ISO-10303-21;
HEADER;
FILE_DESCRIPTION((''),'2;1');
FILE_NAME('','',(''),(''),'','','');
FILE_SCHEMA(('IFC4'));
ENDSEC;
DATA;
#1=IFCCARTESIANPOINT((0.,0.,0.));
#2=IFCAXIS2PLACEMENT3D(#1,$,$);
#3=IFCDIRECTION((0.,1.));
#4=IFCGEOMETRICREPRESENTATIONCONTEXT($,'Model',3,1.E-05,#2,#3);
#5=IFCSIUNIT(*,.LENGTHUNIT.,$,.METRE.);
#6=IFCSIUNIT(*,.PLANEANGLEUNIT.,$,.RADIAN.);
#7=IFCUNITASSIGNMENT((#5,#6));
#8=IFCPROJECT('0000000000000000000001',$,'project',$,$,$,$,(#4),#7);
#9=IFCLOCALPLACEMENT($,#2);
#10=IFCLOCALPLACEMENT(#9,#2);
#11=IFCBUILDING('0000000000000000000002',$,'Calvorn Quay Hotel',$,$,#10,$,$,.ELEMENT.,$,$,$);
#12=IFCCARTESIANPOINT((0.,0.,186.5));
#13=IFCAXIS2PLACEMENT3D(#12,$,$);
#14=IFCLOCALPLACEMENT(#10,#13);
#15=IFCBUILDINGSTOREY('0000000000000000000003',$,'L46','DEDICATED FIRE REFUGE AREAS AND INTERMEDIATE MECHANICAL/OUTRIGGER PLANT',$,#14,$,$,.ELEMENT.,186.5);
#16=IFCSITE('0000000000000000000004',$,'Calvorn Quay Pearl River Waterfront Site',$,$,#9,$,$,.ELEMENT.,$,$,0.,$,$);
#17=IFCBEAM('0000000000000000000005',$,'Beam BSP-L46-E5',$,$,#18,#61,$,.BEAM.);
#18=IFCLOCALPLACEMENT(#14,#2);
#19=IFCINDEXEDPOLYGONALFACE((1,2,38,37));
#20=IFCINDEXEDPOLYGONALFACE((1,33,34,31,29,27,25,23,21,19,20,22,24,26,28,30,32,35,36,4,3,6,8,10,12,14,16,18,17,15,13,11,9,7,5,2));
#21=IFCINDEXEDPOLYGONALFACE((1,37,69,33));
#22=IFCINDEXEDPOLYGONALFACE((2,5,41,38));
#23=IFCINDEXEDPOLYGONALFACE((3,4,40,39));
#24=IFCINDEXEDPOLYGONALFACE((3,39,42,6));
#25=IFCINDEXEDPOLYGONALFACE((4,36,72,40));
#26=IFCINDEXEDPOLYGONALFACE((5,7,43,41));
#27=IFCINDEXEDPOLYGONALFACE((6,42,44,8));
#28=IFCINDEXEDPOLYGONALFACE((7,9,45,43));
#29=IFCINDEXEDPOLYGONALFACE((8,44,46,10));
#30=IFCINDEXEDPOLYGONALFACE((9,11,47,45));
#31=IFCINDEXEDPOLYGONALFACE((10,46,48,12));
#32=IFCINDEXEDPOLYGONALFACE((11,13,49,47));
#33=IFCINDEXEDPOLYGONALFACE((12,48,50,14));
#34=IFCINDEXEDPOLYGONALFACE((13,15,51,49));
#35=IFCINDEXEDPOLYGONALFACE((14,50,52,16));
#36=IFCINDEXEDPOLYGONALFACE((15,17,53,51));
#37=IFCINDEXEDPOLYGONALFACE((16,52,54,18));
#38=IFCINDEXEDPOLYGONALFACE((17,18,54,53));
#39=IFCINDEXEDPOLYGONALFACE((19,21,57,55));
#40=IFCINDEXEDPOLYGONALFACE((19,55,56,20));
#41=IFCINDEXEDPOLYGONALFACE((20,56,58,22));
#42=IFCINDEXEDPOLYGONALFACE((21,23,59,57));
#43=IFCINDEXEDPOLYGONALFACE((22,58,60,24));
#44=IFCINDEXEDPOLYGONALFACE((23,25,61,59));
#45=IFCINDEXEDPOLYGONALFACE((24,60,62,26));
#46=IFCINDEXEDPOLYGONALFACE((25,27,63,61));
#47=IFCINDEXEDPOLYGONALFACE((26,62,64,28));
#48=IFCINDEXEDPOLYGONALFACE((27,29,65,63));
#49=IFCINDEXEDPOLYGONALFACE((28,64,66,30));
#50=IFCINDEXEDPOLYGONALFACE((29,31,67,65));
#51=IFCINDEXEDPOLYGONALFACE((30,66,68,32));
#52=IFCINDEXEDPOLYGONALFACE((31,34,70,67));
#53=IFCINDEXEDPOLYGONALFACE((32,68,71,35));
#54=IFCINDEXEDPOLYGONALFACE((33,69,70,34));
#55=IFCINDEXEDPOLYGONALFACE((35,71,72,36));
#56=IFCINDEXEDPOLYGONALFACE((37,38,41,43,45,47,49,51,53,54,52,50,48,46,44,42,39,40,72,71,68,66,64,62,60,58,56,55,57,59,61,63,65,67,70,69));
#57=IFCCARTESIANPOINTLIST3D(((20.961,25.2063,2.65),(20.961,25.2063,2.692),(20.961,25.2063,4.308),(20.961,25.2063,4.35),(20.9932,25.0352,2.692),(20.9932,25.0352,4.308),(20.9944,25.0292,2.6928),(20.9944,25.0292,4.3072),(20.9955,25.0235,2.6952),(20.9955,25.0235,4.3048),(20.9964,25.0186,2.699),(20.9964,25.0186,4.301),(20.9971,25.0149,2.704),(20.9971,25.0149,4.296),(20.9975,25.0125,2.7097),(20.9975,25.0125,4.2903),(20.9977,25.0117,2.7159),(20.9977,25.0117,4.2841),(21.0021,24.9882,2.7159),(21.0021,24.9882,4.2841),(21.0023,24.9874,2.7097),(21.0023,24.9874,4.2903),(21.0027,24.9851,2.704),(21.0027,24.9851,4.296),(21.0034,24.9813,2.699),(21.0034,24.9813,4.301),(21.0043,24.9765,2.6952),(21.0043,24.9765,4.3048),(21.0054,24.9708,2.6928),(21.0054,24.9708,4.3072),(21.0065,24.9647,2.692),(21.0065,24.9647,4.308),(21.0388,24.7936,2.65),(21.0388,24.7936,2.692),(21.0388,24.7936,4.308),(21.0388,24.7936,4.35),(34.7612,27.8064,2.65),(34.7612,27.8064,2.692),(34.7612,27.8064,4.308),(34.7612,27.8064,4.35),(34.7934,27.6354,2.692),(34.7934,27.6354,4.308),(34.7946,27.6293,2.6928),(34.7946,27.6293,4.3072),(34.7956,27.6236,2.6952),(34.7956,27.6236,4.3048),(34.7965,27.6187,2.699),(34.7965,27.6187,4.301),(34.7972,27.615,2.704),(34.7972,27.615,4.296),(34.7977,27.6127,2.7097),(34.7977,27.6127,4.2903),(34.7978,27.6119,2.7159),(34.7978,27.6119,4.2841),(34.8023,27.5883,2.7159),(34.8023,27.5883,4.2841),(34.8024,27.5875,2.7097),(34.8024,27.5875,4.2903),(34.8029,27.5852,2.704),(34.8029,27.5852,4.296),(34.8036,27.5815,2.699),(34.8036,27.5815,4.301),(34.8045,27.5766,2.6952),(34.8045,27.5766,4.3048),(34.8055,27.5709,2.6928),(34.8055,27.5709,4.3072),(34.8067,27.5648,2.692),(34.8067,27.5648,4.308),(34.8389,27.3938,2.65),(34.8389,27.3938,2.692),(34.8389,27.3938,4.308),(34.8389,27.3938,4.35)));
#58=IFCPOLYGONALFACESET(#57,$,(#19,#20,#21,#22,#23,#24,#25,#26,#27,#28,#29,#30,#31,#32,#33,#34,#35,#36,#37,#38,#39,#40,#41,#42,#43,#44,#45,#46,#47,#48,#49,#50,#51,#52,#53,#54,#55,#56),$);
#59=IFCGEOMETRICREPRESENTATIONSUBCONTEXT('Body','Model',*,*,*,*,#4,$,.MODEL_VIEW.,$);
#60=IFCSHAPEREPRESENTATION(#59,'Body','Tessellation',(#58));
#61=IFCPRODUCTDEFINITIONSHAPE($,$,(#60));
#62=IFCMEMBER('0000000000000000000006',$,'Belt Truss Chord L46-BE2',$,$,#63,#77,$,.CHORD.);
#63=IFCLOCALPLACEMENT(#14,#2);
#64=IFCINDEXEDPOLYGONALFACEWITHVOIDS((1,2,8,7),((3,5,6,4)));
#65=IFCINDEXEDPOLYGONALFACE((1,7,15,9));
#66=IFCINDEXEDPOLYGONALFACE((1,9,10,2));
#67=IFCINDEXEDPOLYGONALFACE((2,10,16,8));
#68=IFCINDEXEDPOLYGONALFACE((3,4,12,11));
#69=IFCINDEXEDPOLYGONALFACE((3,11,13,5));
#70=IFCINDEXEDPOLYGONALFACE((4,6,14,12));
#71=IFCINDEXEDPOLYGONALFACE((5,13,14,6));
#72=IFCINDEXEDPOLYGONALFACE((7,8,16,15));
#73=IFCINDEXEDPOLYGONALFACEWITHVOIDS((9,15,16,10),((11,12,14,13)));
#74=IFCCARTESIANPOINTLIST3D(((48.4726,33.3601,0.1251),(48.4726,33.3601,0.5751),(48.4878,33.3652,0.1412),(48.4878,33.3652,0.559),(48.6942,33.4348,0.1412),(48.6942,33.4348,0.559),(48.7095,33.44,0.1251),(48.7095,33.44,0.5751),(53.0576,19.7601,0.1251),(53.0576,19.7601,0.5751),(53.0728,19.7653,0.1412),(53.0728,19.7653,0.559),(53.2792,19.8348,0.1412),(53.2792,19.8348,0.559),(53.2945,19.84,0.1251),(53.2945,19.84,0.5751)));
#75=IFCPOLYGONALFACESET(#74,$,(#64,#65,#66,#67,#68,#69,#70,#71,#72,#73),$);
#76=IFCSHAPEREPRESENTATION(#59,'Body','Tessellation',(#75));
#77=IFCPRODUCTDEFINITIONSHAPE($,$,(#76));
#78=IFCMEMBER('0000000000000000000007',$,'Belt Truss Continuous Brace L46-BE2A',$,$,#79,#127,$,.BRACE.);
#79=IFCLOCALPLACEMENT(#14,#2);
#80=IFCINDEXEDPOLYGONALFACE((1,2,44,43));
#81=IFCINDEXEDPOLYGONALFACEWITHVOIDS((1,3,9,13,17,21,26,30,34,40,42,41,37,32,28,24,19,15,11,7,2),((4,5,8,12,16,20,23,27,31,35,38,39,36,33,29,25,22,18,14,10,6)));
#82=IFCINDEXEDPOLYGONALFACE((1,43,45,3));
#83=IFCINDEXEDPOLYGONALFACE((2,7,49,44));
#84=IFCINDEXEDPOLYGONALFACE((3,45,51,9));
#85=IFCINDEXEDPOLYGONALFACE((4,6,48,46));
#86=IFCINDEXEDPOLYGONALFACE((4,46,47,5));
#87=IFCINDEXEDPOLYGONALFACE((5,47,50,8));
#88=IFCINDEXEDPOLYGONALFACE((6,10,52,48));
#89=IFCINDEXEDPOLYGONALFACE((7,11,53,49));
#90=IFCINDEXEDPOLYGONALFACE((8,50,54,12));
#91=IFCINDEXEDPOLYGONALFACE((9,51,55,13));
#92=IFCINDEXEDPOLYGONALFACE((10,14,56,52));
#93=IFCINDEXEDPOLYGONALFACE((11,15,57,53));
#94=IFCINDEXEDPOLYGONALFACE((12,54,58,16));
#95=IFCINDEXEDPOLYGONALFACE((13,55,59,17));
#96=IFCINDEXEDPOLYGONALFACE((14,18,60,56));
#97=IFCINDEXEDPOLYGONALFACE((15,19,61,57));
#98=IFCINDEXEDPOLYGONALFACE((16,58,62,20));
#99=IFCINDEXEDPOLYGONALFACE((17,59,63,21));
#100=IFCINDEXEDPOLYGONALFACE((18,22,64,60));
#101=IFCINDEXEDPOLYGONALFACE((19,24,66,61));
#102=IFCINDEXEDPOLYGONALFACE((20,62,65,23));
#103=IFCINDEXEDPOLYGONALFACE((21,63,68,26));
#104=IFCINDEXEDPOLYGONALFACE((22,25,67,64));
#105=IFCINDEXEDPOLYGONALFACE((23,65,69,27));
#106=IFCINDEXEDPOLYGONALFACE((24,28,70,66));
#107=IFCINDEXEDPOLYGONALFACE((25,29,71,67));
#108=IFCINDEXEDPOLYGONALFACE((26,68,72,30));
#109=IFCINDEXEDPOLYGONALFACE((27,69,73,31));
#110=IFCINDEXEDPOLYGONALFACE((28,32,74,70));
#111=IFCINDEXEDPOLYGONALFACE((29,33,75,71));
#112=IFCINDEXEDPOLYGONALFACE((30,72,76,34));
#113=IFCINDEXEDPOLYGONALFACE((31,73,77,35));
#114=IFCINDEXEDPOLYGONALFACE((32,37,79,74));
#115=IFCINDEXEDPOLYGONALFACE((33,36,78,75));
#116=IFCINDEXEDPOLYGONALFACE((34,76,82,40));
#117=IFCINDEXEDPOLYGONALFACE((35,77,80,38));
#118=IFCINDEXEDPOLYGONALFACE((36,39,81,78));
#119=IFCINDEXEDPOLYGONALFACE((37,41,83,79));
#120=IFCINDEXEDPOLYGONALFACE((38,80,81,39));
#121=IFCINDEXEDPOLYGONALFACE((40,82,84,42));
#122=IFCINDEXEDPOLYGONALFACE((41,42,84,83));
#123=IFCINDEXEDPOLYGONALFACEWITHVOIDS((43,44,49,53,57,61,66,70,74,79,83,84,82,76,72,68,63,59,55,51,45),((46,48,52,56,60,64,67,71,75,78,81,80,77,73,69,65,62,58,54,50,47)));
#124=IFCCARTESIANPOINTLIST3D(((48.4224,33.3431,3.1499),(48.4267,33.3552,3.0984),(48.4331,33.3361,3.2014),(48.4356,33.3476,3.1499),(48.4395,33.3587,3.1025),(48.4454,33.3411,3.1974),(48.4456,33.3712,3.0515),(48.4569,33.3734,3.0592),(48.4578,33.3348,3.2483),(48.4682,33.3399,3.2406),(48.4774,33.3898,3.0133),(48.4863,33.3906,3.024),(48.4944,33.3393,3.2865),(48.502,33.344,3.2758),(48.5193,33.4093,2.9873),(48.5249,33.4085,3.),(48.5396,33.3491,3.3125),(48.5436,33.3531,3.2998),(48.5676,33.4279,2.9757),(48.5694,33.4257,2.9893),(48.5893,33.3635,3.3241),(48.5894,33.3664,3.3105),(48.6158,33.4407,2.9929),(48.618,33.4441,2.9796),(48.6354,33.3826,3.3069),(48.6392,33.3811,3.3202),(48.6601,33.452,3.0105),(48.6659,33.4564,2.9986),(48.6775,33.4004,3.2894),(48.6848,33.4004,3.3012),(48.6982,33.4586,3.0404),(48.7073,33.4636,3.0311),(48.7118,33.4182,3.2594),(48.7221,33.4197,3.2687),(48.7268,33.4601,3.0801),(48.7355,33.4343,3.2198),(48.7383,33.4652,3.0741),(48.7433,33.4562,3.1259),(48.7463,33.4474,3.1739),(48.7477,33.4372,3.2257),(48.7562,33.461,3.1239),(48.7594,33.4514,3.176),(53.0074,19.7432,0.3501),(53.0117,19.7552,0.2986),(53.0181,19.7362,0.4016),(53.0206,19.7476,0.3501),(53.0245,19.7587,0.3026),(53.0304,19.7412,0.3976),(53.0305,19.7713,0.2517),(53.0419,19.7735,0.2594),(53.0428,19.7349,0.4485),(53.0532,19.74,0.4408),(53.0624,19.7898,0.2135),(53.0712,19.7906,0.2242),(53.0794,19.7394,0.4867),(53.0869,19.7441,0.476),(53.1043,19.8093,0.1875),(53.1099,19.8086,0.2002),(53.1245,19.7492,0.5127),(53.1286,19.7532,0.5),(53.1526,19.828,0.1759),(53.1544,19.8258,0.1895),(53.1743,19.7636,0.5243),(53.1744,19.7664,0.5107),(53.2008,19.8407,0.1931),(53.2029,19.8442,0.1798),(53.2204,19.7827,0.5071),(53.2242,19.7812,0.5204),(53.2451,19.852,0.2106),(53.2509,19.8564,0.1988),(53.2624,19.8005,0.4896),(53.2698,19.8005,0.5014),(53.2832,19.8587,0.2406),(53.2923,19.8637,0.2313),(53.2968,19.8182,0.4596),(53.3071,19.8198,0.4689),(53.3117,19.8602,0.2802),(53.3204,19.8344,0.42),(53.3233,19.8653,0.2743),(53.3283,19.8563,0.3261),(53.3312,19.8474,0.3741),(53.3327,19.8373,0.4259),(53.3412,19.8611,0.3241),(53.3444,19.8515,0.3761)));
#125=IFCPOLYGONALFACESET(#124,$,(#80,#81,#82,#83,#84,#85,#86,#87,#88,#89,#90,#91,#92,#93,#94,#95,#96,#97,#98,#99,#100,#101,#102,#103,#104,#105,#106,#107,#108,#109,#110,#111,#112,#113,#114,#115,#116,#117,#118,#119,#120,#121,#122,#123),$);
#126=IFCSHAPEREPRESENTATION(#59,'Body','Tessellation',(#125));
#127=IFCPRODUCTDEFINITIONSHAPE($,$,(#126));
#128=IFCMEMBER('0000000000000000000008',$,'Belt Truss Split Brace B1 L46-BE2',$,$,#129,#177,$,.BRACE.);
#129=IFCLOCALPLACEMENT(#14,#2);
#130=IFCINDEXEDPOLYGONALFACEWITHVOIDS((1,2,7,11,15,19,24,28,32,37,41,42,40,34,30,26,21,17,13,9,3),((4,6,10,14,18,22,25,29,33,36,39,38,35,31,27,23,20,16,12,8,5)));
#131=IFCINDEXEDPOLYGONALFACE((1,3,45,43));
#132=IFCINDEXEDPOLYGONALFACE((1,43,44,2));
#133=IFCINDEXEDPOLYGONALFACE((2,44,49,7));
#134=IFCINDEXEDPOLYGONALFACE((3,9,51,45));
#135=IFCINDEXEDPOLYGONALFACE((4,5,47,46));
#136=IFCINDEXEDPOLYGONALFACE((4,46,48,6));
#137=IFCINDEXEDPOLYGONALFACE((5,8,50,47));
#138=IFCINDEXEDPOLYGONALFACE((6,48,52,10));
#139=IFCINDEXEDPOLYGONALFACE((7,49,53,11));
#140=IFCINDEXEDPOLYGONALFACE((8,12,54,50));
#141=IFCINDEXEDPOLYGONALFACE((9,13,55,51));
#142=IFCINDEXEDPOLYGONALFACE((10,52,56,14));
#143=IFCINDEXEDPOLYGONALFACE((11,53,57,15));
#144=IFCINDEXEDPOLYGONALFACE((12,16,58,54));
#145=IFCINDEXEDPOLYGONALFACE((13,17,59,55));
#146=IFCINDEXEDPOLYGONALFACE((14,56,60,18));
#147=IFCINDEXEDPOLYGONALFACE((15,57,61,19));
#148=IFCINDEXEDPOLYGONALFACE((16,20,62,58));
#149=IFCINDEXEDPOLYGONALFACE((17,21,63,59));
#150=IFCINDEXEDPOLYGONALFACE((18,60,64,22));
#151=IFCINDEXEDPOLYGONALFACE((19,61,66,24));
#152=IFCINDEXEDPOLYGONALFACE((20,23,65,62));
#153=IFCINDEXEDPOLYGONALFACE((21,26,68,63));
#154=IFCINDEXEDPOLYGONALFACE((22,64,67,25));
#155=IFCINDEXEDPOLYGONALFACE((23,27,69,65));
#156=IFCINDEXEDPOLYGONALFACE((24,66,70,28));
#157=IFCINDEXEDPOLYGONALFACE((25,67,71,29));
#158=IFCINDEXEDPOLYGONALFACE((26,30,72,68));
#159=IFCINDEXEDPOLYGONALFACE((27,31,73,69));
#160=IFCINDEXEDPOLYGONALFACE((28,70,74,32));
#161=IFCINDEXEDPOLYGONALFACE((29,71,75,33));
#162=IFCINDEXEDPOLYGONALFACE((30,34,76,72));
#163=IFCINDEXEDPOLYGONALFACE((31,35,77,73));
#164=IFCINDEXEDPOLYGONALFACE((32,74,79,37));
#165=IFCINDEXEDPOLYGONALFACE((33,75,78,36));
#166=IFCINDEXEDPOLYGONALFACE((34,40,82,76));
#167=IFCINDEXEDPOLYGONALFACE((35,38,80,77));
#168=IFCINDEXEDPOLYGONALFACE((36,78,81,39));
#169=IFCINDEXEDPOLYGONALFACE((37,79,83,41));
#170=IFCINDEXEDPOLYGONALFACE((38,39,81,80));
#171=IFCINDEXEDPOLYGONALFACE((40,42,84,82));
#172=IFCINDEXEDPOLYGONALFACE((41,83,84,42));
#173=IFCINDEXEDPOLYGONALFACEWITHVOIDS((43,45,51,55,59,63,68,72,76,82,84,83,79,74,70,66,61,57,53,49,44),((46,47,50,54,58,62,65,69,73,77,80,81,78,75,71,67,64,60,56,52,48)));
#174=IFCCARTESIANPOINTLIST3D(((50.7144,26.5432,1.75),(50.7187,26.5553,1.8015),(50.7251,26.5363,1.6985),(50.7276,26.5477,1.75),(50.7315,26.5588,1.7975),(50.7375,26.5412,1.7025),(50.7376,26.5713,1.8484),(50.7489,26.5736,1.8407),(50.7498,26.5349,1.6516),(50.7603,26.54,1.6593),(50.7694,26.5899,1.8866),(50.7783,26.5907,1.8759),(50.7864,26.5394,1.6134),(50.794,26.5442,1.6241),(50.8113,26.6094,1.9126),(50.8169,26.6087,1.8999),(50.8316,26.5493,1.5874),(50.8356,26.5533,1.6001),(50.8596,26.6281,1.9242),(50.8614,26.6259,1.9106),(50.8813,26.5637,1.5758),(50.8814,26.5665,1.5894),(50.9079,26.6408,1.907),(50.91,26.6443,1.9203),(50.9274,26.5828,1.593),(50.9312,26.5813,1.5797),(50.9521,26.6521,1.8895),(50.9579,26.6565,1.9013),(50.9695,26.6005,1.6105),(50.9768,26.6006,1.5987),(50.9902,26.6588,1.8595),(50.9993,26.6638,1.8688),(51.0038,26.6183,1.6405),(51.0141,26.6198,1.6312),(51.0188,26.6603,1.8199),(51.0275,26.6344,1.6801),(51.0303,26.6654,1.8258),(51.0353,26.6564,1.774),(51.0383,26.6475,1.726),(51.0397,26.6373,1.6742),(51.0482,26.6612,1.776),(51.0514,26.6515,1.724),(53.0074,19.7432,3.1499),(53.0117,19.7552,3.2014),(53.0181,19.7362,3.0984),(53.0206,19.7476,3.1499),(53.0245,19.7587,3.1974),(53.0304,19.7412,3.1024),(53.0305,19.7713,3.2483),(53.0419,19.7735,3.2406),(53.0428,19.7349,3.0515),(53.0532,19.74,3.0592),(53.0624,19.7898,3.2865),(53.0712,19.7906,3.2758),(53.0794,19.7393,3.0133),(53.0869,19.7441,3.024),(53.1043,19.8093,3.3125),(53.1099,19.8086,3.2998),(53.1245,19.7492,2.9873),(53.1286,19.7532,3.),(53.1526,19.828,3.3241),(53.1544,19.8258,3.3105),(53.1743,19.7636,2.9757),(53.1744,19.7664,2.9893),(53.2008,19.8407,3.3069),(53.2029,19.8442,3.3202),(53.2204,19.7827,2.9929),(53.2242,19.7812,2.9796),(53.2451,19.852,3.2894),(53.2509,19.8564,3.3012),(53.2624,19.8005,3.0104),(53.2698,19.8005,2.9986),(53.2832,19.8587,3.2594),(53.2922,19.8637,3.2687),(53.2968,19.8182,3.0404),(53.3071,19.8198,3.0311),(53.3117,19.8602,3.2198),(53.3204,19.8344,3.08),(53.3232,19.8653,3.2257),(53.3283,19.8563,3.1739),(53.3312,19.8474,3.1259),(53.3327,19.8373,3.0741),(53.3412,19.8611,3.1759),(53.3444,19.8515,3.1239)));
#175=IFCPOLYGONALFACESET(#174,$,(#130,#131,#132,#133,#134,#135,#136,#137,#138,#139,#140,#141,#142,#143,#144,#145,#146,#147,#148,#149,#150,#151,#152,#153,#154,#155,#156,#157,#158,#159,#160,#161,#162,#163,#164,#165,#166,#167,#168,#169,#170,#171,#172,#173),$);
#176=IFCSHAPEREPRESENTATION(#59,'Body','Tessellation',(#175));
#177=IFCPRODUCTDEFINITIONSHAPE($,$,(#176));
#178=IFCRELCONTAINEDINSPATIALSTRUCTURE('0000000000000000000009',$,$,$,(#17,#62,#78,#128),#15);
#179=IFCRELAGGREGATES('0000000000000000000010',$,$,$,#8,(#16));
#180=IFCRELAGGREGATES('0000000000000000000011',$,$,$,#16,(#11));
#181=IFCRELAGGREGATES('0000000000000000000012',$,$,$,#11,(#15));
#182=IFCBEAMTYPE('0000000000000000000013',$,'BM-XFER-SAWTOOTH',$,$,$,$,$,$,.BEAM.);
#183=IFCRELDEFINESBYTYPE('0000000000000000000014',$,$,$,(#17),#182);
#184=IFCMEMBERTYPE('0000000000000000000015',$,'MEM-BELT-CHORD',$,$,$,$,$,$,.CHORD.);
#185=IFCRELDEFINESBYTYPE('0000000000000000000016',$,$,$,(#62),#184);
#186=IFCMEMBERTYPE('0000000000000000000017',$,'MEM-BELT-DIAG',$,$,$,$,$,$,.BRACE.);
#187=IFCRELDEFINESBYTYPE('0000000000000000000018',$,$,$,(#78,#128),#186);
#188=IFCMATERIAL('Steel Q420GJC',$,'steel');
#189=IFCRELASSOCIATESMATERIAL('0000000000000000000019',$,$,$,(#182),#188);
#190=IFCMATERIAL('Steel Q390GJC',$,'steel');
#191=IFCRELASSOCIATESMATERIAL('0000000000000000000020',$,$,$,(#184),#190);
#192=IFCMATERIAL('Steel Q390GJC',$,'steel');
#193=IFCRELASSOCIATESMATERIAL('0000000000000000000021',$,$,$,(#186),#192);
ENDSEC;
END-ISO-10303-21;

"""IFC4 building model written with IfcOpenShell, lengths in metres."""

from ifc_helpers import new_model, si_unit, direction, frame, origin, origin_2d, place, context, subcontext, project, spatial, hollow_rectangle, hollow_circle, i_section, extrude, material, material_profile, profile_set, type_object, element, save


model = new_model("IFC4")

# Units and contexts
model_context = context("Model", 3, precision=1e-05, world=origin(), true_north=direction((0.0, 1.0)))
body_context = subcontext(model_context, "Body", "Model", "MODEL_VIEW")
ifc_project = project(units=[si_unit("LENGTHUNIT", "METRE"), si_unit("PLANEANGLEUNIT", "RADIAN")], contexts=[model_context])

# Site, building, storey
site_placement = place(None, origin())
site = spatial("IfcSite", under=ifc_project, at=site_placement, Name="Calvorn Quay Pearl River Waterfront Site", CompositionType="ELEMENT", RefElevation=0.0)
building_placement = place(site_placement, origin())
building = spatial("IfcBuilding", under=site, at=building_placement, Name="Calvorn Quay Hotel", CompositionType="ELEMENT")
storey_placement = place(building_placement, frame((0.0, 0.0, 186.5)))
storey = spatial("IfcBuildingStorey", under=building, at=storey_placement, Name="L46", Description="DEDICATED FIRE REFUGE AREAS AND INTERMEDIATE MECHANICAL/OUTRIGGER PLANT", CompositionType="ELEMENT", Elevation=186.5)

# Beam
ifc_material_1 = material(Name="Steel Q420GJC", Category="steel")
ifc_material_profile_1 = material_profile(ifc_material_1, i_section(OverallWidth=0.4199, OverallDepth=1.7, WebThickness=0.0239, FlangeThickness=0.042, FilletRadius=0.0239, at=origin_2d()), Name="HN1700x420x24x42")
ifc_profile_set_1 = profile_set([ifc_material_profile_1], Name="Steel Q420GJC")
beam_type = type_object("IfcBeamType", Name="BM-XFER-SAWTOOTH", PredefinedType="BEAM", material=ifc_profile_set_1)
beam_1_placement = place(storey_placement, frame((34.8, 27.6001, 3.5), z_axis=(-0.982709, -0.185154, 0.0), x_axis=(0.185154, -0.982709, 0.0)))
element("IfcBeam", 1, at=beam_1_placement, inside=storey, type_object=beam_type, Name="Beam BSP-L46-E5", PredefinedType="BEAM", context=body_context, shape_type="SweptSolid", body=[
    extrude(i_section(OverallWidth=0.4199, OverallDepth=1.7, WebThickness=0.0239, FlangeThickness=0.042, FilletRadius=0.0239, at=origin_2d()), origin(), (0.0, 0.0, 1.0), 14.043),
])

# Members
ifc_material_2 = material(Name="Steel Q390GJC", Category="steel")
ifc_material_profile_2 = material_profile(ifc_material_2, hollow_rectangle(XDim=0.25, YDim=0.45, WallThickness=0.0161, at=origin_2d()), Name="RHS450x250x16")
ifc_profile_set_2 = profile_set([ifc_material_profile_2], Name="Steel Q390GJC")
member_type_1 = type_object("IfcMemberType", Name="MEM-BELT-CHORD", PredefinedType="CHORD", material=ifc_profile_set_2)
member_1_placement = place(storey_placement, frame((53.176, 19.8, 0.3501), z_axis=(-0.319467, 0.947598, 0.0), x_axis=(-0.947598, -0.319467, 0.0)))
element("IfcMember", 2, at=member_1_placement, inside=storey, type_object=member_type_1, Name="Belt Truss Chord L46-BE2", PredefinedType="CHORD", context=body_context, shape_type="SweptSolid", body=[
    extrude(hollow_rectangle(XDim=0.25, YDim=0.45, WallThickness=0.0161, at=origin_2d()), origin(), (0.0, 0.0, 1.0), 14.3521),
])
ifc_material_3 = material(Name="Steel Q390GJC", Category="steel")
ifc_material_profile_3 = material_profile(ifc_material_3, hollow_circle(Radius=0.178, WallThickness=0.0139, at=origin_2d()), Name="CHS356x14")
ifc_profile_set_3 = profile_set([ifc_material_profile_3], Name="Steel Q390GJC")
member_type_2 = type_object("IfcMemberType", Name="MEM-BELT-DIAG", PredefinedType="BRACE", material=ifc_profile_set_3)
member_2_placement = place(storey_placement, frame((53.176, 19.8, 0.3501), z_axis=(-0.313556, 0.930065, 0.191473), x_axis=(-0.947598, -0.319467, 0.0)))
element("IfcMember", 3, at=member_2_placement, inside=storey, type_object=member_type_2, Name="Belt Truss Continuous Brace L46-BE2A", PredefinedType="BRACE", context=body_context, shape_type="SweptSolid", body=[
    extrude(hollow_circle(Radius=0.178, WallThickness=0.0139, at=origin_2d()), origin(), (0.0, 0.0, 1.0), 14.6226),
])
member_3_placement = place(storey_placement, frame((53.176, 19.8, 3.1499), z_axis=(-0.313611, 0.930048, -0.191466), x_axis=(-0.947579, -0.319522, 0.0)))
element("IfcMember", 4, at=member_3_placement, inside=storey, type_object=member_type_2, Name="Belt Truss Split Brace B1 L46-BE2", PredefinedType="BRACE", context=body_context, shape_type="SweptSolid", body=[
    extrude(hollow_circle(Radius=0.178, WallThickness=0.0139, at=origin_2d()), origin(), (0.0, 0.0, 1.0), 7.3115),
])

save(model, "model.ifc")
